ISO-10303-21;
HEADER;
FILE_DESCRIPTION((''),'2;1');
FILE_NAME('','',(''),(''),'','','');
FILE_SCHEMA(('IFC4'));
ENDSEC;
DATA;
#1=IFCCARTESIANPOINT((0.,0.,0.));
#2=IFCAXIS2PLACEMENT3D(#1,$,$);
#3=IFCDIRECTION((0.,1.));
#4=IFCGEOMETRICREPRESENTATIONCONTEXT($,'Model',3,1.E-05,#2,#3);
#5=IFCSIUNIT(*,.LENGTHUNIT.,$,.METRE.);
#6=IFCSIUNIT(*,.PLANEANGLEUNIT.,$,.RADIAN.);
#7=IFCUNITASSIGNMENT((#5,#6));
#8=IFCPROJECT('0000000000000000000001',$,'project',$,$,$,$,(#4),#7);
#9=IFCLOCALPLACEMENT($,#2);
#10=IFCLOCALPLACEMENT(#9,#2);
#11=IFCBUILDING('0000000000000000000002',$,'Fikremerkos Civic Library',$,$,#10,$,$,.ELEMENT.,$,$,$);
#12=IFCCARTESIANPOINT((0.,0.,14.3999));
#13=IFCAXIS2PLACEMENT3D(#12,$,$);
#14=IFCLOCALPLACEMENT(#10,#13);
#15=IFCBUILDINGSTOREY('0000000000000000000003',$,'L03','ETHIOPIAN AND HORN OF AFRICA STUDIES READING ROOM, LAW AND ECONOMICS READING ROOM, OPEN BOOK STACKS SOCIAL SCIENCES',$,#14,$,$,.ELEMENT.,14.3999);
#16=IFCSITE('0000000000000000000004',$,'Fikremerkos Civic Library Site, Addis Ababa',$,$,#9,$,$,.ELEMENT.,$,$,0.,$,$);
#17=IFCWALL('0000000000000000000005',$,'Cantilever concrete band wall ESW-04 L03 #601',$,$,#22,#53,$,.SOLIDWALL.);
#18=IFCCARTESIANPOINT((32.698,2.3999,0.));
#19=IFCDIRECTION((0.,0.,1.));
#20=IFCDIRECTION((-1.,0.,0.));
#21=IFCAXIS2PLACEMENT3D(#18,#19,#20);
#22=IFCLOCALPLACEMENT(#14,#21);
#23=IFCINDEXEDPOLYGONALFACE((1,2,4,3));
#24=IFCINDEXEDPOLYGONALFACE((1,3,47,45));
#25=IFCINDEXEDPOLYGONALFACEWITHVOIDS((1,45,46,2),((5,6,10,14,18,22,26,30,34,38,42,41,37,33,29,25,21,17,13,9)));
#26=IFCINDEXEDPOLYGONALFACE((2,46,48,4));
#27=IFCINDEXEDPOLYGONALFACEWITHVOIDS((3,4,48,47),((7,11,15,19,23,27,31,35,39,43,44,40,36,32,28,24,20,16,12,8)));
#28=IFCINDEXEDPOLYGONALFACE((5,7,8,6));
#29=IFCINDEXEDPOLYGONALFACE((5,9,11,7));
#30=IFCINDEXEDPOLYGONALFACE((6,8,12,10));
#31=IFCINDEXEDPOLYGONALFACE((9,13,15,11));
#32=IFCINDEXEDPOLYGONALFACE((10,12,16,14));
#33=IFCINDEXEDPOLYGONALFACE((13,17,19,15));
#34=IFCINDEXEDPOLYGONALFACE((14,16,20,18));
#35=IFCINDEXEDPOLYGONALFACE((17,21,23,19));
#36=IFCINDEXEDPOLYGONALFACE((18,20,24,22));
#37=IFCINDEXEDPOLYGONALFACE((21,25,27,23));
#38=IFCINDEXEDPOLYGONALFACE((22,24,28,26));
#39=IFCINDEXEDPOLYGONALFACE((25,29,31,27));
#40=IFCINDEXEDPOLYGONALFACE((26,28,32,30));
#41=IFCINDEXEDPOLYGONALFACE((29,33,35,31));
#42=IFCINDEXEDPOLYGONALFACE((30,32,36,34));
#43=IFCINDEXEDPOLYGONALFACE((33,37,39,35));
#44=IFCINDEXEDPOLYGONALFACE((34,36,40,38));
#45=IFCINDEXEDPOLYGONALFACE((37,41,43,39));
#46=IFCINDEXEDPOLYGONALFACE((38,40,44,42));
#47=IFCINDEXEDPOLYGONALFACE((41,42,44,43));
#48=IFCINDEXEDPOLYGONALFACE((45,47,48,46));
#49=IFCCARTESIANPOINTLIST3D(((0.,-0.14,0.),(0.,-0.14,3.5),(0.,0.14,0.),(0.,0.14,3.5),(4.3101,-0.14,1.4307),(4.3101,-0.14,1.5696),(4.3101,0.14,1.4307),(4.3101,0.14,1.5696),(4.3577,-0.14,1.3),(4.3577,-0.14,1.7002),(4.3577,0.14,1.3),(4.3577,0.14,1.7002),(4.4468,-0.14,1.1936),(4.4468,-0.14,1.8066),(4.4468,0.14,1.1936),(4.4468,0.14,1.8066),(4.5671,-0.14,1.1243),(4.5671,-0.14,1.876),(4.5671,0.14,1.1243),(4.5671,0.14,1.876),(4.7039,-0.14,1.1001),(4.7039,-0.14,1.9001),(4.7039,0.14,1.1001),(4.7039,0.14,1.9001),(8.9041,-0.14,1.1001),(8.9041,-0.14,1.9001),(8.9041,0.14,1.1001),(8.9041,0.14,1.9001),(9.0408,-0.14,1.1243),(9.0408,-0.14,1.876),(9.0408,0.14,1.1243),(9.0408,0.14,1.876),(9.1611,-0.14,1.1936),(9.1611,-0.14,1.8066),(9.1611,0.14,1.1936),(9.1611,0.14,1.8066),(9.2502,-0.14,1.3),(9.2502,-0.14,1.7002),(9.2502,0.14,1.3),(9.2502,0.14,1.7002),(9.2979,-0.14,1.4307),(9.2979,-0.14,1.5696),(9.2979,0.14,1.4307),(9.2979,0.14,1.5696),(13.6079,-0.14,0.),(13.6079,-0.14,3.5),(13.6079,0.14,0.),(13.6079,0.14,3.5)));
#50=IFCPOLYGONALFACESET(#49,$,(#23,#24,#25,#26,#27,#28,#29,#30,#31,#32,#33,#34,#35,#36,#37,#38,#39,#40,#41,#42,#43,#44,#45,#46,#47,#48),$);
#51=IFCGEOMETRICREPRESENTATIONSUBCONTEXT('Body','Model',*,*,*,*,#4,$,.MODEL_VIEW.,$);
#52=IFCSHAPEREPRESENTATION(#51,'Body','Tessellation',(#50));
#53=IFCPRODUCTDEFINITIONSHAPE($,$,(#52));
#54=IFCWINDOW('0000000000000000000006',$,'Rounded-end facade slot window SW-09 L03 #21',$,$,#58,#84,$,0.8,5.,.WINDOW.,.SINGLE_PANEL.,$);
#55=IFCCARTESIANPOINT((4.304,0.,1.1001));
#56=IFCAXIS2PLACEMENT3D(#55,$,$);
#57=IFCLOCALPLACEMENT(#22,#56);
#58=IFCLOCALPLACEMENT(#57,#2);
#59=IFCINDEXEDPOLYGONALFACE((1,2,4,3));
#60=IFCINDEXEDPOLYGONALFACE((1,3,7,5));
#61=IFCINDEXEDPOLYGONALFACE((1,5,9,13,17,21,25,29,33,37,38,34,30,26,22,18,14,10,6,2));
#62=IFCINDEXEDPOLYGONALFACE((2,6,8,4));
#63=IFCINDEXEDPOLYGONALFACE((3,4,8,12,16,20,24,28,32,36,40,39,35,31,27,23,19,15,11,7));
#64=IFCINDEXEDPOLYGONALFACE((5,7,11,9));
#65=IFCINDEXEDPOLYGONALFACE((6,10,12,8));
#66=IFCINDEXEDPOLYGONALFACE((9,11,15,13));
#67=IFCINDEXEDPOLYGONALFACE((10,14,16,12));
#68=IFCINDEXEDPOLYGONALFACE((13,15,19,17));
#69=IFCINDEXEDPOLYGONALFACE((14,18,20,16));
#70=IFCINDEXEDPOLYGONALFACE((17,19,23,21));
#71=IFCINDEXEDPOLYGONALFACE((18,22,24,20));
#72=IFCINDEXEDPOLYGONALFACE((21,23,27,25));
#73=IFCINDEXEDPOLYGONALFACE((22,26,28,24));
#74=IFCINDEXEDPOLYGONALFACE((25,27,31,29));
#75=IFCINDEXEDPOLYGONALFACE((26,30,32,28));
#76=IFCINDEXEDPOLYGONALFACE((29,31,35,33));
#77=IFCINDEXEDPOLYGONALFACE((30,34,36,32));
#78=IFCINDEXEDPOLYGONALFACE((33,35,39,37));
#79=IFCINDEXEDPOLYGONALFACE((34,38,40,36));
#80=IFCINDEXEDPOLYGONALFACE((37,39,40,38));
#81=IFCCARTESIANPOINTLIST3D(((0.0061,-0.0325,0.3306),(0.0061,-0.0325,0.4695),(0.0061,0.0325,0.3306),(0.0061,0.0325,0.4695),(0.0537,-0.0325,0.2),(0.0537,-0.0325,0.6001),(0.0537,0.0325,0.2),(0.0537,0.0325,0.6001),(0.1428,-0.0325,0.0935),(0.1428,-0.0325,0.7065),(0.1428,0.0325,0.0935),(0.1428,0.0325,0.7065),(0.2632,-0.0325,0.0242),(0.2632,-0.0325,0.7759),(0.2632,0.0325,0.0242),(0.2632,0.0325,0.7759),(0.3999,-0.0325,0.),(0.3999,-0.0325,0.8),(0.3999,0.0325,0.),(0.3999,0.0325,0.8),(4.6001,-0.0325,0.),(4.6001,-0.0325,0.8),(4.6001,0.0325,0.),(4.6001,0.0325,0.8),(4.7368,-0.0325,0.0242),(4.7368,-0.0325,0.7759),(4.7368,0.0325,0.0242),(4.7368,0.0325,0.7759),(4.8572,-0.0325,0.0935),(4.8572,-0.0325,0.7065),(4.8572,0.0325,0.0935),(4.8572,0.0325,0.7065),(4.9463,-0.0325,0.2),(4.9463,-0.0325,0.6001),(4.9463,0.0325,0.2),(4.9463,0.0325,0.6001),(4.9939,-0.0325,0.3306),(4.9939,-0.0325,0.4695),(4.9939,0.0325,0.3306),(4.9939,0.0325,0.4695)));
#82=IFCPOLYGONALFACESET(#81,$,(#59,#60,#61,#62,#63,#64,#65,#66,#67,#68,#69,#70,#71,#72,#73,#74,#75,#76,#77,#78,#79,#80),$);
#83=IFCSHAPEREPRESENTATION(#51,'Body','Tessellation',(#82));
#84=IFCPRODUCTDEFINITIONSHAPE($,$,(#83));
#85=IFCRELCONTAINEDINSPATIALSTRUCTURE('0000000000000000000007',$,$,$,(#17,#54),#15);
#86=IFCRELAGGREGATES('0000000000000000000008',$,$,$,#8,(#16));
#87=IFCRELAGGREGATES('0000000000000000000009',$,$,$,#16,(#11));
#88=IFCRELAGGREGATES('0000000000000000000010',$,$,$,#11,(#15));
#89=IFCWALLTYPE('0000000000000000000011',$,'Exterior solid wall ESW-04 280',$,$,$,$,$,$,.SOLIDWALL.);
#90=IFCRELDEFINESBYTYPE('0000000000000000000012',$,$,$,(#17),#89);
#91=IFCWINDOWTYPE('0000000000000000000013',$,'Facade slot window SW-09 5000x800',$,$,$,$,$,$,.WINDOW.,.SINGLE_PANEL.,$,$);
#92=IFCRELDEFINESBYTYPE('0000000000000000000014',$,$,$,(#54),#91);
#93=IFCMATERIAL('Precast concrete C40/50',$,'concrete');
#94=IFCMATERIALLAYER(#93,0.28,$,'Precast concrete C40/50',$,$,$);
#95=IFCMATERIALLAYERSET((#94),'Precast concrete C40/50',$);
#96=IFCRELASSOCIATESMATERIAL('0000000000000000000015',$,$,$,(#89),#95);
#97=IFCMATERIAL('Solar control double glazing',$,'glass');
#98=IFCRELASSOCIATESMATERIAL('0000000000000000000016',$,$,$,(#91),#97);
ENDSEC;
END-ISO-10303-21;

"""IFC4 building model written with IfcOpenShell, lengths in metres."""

from ifc_helpers import new_model, si_unit, direction, frame, frame_2d, origin, place, context, subcontext, project, spatial, polyline, rectangle, outline, extrude, material, layer, layer_set, type_object, element, fill, save


model = new_model("IFC4")

# Units and contexts
model_context = context("Model", 3, precision=1e-05, world=origin(), true_north=direction((0.0, 1.0)))
body_context = subcontext(model_context, "Body", "Model", "MODEL_VIEW")
ifc_project = project(units=[si_unit("LENGTHUNIT", "METRE"), si_unit("PLANEANGLEUNIT", "RADIAN")], contexts=[model_context])

# Site, building, storey
site_placement = place(None, origin())
site = spatial("IfcSite", under=ifc_project, at=site_placement, Name="Fikremerkos Civic Library Site, Addis Ababa", CompositionType="ELEMENT", RefElevation=0.0)
building_placement = place(site_placement, origin())
building = spatial("IfcBuilding", under=site, at=building_placement, Name="Fikremerkos Civic Library", CompositionType="ELEMENT")
storey_placement = place(building_placement, frame((0.0, 0.0, 14.3999)))
storey = spatial("IfcBuildingStorey", under=building, at=storey_placement, Name="L03", Description="ETHIOPIAN AND HORN OF AFRICA STUDIES READING ROOM, LAW AND ECONOMICS READING ROOM, OPEN BOOK STACKS SOCIAL SCIENCES", CompositionType="ELEMENT", Elevation=14.3999)

# Wall, opening, window
ifc_material_1 = material(Name="Precast concrete C40/50", Category="concrete")
ifc_layer_1 = layer(ifc_material_1, 0.28, Name="Precast concrete C40/50")
ifc_layer_set_1 = layer_set([ifc_layer_1], Name="Precast concrete C40/50")
wall_type_1 = type_object("IfcWallType", Name="Exterior solid wall ESW-04 280", PredefinedType="SOLIDWALL", material=ifc_layer_set_1)
wall_1_placement = place(storey_placement, frame((32.698, 2.3999, 0.0), z_axis=(0.0, 0.0, 1.0), x_axis=(-1.0, 0.0, 0.0)))
wall_1 = element("IfcWall", 1, at=wall_1_placement, inside=storey, type_object=wall_type_1, Name="Cantilever concrete band wall ESW-04 L03 #601", PredefinedType="SOLIDWALL", context=body_context, shape_type="SweptSolid", body=[
    extrude(rectangle(XDim=13.6079, YDim=0.28, at=frame_2d((6.804, 0.0))), origin(), (0.0, 0.0, 1.0), 3.5),
])
opening_1_placement = place(wall_1_placement, frame((4.304, 0.0, 1.1001)))
opening_1 = element("IfcOpeningElement", 2, at=opening_1_placement, cuts=wall_1, PredefinedType="OPENING", context=body_context, shape_type="SweptSolid", body=[
    extrude(outline(polyline([(0.3999, 0.8), (0.2632, 0.7759), (0.1428, 0.7065), (0.0537, 0.6001), (0.0061, 0.4695), (0.0061, 0.3306), (0.0537, 0.2), (0.1428, 0.0935), (0.2632, 0.0242), (0.3999, 0.0), (4.6001, 0.0), (4.7368, 0.0242), (4.8572, 0.0935), (4.9463, 0.2), (4.9939, 0.3306), (4.9939, 0.4695), (4.9463, 0.6001), (4.8572, 0.7065), (4.7368, 0.7759), (4.6001, 0.8), (0.3999, 0.8)])), frame((0.0, 0.1499, 0.0), z_axis=(0.0, -1.0, 0.0), x_axis=(1.0, 0.0, 0.0)), (0.0, 0.0, 1.0), 0.3),
])
ifc_material_2 = material(Name="Solar control double glazing", Category="glass")
window_type = type_object("IfcWindowType", Name="Facade slot window SW-09 5000x800", PartitioningType="SINGLE_PANEL", PredefinedType="WINDOW", material=ifc_material_2)
window_placement = place(opening_1_placement, origin())
window = element("IfcWindow", 3, at=window_placement, inside=storey, type_object=window_type, Name="Rounded-end facade slot window SW-09 L03 #21", OverallHeight=0.8, OverallWidth=5.0, PartitioningType="SINGLE_PANEL", PredefinedType="WINDOW", context=body_context, shape_type="SweptSolid", body=[
    extrude(outline(polyline([(0.3999, 0.8), (0.2632, 0.7759), (0.1428, 0.7065), (0.0537, 0.6001), (0.0061, 0.4695), (0.0061, 0.3306), (0.0537, 0.2), (0.1428, 0.0935), (0.2632, 0.0242), (0.3999, 0.0), (4.6001, 0.0), (4.7368, 0.0242), (4.8572, 0.0935), (4.9463, 0.2), (4.9939, 0.3306), (4.9939, 0.4695), (4.9463, 0.6001), (4.8572, 0.7065), (4.7368, 0.7759), (4.6001, 0.8), (0.3999, 0.8)])), frame((0.0, 0.0325, 0.0), z_axis=(0.0, -1.0, 0.0), x_axis=(1.0, 0.0, 0.0)), (0.0, 0.0, 1.0), 0.0649),
])
fill(opening_1, window)

save(model, "model.ifc")
